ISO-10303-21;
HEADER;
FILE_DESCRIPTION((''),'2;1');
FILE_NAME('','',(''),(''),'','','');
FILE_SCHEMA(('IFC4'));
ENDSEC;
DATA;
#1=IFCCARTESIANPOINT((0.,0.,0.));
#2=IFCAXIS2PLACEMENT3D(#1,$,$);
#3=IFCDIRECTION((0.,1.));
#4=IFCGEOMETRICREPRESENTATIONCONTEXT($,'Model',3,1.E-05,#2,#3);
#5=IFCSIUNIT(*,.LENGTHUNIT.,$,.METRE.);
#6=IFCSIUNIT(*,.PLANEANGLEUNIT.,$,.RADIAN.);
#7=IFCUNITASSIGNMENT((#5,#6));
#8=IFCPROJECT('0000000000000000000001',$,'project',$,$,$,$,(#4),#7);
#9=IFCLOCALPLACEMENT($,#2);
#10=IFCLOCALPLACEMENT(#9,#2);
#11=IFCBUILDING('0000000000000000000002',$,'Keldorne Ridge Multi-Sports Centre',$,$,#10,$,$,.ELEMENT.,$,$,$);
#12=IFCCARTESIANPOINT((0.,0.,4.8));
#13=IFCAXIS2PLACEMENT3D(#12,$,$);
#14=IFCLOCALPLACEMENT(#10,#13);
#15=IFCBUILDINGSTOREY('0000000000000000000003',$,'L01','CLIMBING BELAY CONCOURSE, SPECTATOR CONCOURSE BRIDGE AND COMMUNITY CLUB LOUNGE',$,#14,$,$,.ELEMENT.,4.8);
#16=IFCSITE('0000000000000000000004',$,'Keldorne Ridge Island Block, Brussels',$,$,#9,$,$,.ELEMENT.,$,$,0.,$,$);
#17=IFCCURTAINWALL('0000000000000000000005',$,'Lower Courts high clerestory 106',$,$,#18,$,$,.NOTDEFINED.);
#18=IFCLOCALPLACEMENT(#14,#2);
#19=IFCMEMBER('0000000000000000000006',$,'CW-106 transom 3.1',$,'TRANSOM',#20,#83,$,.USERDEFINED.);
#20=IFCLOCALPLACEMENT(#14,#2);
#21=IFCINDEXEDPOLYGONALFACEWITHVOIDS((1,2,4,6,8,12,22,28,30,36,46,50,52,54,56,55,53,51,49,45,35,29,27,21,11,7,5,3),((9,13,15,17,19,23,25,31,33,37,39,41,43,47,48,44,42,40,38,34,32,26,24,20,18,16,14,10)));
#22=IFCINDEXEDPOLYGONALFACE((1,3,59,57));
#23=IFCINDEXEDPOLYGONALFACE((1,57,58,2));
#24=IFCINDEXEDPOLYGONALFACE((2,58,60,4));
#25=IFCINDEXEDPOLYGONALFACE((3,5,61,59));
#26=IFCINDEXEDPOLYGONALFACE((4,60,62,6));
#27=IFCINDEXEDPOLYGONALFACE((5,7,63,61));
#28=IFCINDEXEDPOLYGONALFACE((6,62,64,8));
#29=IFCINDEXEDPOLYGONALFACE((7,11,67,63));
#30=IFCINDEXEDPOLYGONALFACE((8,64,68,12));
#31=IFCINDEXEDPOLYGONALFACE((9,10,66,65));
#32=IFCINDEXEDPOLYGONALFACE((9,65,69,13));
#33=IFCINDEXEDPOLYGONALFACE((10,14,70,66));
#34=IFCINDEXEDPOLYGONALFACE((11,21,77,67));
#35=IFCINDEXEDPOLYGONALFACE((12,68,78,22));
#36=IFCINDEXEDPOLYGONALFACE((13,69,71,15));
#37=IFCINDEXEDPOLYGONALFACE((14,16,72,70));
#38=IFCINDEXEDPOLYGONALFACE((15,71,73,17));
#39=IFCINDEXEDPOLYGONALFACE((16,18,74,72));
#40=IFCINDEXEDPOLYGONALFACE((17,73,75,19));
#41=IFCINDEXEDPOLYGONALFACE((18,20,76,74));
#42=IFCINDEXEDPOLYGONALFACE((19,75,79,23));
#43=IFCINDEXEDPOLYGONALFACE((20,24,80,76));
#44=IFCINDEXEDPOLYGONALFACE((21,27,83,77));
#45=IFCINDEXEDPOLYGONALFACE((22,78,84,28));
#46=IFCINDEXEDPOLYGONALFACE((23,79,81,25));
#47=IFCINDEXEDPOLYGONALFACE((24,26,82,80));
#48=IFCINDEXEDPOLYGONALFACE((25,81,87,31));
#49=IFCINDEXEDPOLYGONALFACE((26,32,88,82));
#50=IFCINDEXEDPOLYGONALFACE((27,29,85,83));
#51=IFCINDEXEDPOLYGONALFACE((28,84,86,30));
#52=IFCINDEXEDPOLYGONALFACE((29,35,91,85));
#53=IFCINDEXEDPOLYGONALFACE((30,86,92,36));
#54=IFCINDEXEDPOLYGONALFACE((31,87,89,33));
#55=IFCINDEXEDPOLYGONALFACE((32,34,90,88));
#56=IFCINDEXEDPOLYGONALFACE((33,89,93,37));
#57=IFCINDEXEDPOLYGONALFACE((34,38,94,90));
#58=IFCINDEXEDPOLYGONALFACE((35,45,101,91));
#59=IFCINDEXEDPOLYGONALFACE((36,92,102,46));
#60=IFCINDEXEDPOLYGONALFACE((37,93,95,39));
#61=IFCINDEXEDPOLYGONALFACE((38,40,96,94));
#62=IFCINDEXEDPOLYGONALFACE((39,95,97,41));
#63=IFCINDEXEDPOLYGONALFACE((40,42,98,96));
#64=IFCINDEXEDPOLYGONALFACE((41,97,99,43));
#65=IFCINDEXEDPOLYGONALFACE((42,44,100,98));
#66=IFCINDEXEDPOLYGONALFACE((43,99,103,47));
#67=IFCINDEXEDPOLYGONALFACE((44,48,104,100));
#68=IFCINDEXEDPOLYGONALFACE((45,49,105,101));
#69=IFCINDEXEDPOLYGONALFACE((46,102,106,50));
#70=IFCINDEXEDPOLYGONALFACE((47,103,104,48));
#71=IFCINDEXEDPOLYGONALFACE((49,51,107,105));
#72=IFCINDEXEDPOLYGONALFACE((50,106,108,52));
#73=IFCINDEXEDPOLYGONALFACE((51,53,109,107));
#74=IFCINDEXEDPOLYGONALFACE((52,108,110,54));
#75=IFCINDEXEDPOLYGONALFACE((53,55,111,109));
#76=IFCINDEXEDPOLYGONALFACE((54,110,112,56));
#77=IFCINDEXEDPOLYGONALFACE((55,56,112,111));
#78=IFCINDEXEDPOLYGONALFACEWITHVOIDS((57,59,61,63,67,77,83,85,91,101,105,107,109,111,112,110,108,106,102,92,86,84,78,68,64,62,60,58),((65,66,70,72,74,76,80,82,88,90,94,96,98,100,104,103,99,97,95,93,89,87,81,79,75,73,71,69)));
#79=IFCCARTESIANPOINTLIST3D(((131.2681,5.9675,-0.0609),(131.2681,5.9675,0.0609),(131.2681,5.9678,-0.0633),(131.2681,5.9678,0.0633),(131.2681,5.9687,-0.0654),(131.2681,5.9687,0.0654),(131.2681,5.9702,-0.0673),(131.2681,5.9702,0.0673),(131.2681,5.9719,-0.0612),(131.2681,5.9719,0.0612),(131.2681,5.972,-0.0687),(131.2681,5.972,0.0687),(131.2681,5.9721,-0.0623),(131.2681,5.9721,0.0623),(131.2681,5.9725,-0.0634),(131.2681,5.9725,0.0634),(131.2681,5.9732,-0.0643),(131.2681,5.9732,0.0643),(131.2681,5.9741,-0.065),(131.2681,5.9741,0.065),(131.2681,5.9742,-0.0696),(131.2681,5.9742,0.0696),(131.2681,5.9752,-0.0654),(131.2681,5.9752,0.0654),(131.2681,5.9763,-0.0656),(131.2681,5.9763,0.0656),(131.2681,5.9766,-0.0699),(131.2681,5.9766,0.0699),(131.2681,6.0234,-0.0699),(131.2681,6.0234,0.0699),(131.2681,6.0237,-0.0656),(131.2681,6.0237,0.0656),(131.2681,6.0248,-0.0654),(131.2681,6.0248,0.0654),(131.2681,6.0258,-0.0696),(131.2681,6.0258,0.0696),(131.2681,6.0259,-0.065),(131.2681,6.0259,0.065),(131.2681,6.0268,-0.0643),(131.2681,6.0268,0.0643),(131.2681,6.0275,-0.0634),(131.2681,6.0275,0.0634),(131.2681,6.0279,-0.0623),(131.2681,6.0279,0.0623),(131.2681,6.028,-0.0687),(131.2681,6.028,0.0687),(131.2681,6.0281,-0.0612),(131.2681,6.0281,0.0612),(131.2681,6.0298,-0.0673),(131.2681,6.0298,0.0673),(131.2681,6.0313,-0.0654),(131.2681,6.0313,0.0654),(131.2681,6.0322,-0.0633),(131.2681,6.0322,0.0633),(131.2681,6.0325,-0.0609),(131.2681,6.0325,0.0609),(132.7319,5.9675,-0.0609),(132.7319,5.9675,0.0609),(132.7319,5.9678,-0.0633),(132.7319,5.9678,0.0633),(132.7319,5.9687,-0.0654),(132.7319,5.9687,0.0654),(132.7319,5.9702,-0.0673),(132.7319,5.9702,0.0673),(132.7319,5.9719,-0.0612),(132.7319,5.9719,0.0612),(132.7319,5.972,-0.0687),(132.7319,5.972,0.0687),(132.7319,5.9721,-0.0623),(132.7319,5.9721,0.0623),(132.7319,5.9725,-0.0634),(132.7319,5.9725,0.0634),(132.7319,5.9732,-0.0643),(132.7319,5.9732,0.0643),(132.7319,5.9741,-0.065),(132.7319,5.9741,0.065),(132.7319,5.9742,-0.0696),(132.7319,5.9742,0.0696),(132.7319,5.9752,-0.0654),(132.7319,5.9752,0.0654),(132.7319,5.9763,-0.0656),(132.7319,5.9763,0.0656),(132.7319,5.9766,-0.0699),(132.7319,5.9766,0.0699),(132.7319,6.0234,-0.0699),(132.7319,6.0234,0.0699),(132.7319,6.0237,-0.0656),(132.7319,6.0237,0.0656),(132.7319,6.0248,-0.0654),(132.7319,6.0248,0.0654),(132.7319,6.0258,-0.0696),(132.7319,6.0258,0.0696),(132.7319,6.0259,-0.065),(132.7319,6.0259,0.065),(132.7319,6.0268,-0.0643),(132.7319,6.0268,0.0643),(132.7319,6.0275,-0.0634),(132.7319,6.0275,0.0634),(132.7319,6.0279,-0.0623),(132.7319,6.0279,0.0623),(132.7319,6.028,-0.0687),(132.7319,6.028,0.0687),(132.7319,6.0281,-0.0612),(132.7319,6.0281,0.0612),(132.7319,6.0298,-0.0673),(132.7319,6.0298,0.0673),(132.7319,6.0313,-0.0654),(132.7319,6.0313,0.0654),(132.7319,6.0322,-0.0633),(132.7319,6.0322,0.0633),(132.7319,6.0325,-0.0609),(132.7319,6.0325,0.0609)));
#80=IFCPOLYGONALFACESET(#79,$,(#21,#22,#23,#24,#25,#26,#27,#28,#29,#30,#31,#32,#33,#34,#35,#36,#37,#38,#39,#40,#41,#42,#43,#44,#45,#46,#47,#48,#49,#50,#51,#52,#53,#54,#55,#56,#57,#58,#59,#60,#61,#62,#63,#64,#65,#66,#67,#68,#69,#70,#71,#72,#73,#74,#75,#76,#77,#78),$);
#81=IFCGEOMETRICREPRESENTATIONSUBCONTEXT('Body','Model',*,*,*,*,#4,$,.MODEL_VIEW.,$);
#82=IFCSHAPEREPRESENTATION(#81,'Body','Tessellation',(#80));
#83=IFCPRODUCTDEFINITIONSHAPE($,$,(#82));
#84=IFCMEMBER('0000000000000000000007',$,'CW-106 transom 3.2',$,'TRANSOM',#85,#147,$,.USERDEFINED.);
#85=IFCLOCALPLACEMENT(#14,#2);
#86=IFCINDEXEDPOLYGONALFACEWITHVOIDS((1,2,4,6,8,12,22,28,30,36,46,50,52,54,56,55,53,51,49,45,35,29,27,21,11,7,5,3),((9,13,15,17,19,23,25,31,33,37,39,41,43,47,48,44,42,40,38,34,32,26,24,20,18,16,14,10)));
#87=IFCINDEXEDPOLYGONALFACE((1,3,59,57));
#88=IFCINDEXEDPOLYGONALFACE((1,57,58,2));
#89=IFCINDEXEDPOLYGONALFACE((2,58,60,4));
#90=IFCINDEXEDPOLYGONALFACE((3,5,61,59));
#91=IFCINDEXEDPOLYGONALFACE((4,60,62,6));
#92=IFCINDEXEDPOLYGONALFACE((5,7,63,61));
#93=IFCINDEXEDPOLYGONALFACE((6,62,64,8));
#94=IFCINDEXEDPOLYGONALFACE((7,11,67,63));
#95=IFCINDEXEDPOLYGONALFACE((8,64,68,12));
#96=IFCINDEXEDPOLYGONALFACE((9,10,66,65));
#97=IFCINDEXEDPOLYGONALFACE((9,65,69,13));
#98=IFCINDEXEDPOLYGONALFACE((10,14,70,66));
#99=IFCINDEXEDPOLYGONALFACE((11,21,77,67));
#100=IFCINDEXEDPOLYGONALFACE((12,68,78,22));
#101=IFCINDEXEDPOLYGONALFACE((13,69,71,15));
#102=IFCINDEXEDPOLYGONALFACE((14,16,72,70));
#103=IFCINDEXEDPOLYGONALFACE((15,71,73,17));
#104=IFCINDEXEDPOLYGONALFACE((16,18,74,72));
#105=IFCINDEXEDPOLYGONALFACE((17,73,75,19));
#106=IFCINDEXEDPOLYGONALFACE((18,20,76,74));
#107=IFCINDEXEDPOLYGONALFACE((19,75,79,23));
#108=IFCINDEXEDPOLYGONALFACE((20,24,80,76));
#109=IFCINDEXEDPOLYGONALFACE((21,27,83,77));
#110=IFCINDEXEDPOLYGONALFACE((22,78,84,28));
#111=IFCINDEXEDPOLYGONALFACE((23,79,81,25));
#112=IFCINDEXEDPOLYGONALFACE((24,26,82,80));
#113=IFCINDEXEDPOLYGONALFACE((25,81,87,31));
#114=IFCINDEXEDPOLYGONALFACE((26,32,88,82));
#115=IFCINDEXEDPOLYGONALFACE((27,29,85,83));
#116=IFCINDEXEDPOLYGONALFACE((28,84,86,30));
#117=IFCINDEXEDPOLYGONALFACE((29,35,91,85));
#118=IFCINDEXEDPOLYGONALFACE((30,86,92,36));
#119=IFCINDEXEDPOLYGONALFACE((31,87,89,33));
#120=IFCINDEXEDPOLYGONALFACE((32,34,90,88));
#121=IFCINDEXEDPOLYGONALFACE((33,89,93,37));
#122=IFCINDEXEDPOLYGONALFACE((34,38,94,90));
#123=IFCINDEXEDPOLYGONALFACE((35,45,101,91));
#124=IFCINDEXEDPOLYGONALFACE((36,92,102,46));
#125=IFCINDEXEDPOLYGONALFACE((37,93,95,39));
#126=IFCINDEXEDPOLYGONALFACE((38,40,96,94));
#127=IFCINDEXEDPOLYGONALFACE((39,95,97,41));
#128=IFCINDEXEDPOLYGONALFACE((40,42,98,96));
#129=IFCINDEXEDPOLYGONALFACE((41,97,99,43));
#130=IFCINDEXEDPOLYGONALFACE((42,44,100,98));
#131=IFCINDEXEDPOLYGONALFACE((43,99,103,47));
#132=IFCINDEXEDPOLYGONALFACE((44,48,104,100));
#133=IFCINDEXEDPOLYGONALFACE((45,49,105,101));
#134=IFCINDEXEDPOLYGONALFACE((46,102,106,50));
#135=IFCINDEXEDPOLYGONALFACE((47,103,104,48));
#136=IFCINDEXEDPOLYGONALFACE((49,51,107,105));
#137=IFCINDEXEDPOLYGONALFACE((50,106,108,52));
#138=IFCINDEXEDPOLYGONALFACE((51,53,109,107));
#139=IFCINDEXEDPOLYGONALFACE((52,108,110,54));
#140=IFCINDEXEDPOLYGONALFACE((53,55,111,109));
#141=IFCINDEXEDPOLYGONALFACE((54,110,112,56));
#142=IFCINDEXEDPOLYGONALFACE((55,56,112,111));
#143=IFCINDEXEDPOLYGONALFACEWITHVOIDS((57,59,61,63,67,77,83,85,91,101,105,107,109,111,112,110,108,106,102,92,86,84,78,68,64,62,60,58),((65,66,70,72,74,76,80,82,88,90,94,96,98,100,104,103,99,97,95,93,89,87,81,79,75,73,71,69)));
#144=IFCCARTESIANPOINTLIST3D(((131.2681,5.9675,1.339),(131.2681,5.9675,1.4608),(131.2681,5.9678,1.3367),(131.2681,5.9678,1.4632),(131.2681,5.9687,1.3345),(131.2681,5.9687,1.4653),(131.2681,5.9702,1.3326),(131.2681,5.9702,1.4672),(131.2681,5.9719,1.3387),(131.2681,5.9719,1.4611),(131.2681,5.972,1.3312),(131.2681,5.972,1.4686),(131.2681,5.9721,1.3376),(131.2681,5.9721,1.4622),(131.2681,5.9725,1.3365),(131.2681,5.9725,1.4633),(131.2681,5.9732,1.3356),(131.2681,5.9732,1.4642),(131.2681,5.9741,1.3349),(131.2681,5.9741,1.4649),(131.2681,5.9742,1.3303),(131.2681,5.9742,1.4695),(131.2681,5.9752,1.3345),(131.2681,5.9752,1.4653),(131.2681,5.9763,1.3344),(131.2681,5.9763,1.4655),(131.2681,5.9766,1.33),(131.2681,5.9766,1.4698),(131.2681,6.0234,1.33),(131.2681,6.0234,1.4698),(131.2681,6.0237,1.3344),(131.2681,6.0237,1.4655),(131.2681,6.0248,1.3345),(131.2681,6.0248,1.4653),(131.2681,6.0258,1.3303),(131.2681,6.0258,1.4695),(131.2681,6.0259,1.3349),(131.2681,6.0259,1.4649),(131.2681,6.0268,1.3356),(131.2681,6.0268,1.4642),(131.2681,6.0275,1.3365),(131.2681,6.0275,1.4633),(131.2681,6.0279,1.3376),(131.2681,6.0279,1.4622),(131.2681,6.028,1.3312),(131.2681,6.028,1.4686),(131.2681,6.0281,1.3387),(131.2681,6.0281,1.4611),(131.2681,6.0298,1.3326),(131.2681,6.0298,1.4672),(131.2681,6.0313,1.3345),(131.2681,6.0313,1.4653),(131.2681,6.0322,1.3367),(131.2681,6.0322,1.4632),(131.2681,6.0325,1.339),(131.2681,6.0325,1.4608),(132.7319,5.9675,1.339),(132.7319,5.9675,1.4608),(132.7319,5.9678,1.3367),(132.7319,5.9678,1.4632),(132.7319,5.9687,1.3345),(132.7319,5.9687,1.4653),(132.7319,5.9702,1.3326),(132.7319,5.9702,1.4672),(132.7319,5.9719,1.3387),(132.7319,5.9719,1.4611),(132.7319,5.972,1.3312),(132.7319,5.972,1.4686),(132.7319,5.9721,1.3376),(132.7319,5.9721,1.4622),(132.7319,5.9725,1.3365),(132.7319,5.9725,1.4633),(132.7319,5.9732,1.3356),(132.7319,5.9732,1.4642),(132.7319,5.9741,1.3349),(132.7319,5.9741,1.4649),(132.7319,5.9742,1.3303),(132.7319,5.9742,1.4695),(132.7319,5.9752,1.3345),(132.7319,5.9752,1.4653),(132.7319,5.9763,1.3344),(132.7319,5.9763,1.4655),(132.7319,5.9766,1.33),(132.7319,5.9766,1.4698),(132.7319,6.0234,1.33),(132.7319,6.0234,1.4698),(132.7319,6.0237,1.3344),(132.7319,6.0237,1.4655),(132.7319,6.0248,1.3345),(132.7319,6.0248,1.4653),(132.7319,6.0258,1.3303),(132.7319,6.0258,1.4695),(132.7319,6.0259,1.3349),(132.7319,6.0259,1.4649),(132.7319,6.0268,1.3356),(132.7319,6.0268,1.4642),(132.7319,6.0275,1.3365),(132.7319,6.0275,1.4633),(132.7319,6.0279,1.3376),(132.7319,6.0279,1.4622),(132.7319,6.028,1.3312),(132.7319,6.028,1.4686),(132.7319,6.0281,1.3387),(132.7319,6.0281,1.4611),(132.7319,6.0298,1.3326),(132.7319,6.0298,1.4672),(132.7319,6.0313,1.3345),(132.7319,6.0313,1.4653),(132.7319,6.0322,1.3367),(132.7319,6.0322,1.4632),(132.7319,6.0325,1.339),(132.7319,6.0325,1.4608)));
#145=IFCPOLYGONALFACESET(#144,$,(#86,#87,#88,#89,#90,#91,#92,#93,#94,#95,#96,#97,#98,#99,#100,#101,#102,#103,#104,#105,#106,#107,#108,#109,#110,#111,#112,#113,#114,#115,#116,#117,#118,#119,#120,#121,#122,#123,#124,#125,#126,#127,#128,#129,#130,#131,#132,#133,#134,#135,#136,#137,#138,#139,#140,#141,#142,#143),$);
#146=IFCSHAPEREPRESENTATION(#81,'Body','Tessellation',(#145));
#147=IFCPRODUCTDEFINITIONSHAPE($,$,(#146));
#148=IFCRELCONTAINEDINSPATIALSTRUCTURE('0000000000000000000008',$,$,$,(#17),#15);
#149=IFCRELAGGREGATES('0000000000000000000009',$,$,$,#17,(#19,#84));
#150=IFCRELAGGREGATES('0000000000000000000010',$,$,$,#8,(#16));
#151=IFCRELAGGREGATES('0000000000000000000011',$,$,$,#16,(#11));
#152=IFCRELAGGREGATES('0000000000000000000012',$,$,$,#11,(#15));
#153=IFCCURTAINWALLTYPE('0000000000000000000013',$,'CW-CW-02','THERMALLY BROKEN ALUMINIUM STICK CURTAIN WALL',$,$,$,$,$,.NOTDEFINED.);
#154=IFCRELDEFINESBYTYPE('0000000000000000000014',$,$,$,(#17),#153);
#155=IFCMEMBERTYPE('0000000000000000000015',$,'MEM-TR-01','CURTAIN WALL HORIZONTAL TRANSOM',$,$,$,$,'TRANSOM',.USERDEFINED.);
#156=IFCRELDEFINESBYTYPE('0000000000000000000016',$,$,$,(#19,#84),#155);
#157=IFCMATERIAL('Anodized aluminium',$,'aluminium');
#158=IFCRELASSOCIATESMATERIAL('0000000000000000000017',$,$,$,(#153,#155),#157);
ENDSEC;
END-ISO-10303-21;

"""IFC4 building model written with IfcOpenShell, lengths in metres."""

from ifc_helpers import new_model, si_unit, direction, frame, origin, origin_2d, place, context, subcontext, project, spatial, hollow_rectangle, extrude, material, material_profile, profile_set, type_object, element, aggregate, save


model = new_model("IFC4")

# Units and contexts
model_context = context("Model", 3, precision=1e-05, world=origin(), true_north=direction((0.0, 1.0)))
body_context = subcontext(model_context, "Body", "Model", "MODEL_VIEW")
ifc_project = project(units=[si_unit("LENGTHUNIT", "METRE"), si_unit("PLANEANGLEUNIT", "RADIAN")], contexts=[model_context])

# Site, building, storey
site_placement = place(None, origin())
site = spatial("IfcSite", under=ifc_project, at=site_placement, Name="Keldorne Ridge Island Block, Brussels", CompositionType="ELEMENT", RefElevation=0.0)
building_placement = place(site_placement, origin())
building = spatial("IfcBuilding", under=site, at=building_placement, Name="Keldorne Ridge Multi-Sports Centre", CompositionType="ELEMENT")
storey_placement = place(building_placement, frame((0.0, 0.0, 4.8)))
storey = spatial("IfcBuildingStorey", under=building, at=storey_placement, Name="L01", Description="CLIMBING BELAY CONCOURSE, SPECTATOR CONCOURSE BRIDGE AND COMMUNITY CLUB LOUNGE", CompositionType="ELEMENT", Elevation=4.8)

# Curtain wall, members
ifc_material_1 = material(Name="Anodized aluminium", Category="aluminium")
curtain_wall_type = type_object("IfcCurtainWallType", Name="CW-CW-02", Description="THERMALLY BROKEN ALUMINIUM STICK CURTAIN WALL", PredefinedType="NOTDEFINED", material=ifc_material_1)
curtain_wall_placement = place(storey_placement, origin())
curtain_wall = element("IfcCurtainWall", 1, at=curtain_wall_placement, inside=storey, type_object=curtain_wall_type, Name="Lower Courts high clerestory 106", PredefinedType="NOTDEFINED")
ifc_material_profile_1 = material_profile(ifc_material_1, hollow_rectangle(XDim=0.0649, YDim=0.1399, WallThickness=0.0044, InnerFilletRadius=0.0044, OuterFilletRadius=0.009, at=origin_2d()), Name="ALU TRANSOM 140x65x4.5")
ifc_profile_set_1 = profile_set([ifc_material_profile_1], Name="Anodized aluminium")
member_type_1 = type_object("IfcMemberType", Name="MEM-TR-01", Description="CURTAIN WALL HORIZONTAL TRANSOM", ElementType="TRANSOM", PredefinedType="USERDEFINED", material=ifc_profile_set_1)
member_1_placement = place(storey_placement, frame((131.2681, 6.0, 0.0), z_axis=(1.0, 0.0, 0.0), x_axis=(0.0, 1.0, 0.0)))
member_1 = element("IfcMember", 2, at=member_1_placement, type_object=member_type_1, Name="CW-106 transom 3.1", ObjectType="TRANSOM", PredefinedType="USERDEFINED", context=body_context, shape_type="SweptSolid", body=[
    extrude(hollow_rectangle(XDim=0.0649, YDim=0.1399, WallThickness=0.0044, InnerFilletRadius=0.0044, OuterFilletRadius=0.009, at=origin_2d()), origin(), (0.0, 0.0, 1.0), 1.4639),
])
member_2_placement = place(storey_placement, frame((131.2681, 6.0, 1.3999), z_axis=(1.0, 0.0, 0.0), x_axis=(0.0, 1.0, 0.0)))
member_2 = element("IfcMember", 3, at=member_2_placement, type_object=member_type_1, Name="CW-106 transom 3.2", ObjectType="TRANSOM", PredefinedType="USERDEFINED", context=body_context, shape_type="SweptSolid", body=[
    extrude(hollow_rectangle(XDim=0.0649, YDim=0.1399, WallThickness=0.0044, InnerFilletRadius=0.0044, OuterFilletRadius=0.009, at=origin_2d()), origin(), (0.0, 0.0, 1.0), 1.4639),
])

aggregate(curtain_wall, [member_1, member_2])

save(model, "model.ifc")
